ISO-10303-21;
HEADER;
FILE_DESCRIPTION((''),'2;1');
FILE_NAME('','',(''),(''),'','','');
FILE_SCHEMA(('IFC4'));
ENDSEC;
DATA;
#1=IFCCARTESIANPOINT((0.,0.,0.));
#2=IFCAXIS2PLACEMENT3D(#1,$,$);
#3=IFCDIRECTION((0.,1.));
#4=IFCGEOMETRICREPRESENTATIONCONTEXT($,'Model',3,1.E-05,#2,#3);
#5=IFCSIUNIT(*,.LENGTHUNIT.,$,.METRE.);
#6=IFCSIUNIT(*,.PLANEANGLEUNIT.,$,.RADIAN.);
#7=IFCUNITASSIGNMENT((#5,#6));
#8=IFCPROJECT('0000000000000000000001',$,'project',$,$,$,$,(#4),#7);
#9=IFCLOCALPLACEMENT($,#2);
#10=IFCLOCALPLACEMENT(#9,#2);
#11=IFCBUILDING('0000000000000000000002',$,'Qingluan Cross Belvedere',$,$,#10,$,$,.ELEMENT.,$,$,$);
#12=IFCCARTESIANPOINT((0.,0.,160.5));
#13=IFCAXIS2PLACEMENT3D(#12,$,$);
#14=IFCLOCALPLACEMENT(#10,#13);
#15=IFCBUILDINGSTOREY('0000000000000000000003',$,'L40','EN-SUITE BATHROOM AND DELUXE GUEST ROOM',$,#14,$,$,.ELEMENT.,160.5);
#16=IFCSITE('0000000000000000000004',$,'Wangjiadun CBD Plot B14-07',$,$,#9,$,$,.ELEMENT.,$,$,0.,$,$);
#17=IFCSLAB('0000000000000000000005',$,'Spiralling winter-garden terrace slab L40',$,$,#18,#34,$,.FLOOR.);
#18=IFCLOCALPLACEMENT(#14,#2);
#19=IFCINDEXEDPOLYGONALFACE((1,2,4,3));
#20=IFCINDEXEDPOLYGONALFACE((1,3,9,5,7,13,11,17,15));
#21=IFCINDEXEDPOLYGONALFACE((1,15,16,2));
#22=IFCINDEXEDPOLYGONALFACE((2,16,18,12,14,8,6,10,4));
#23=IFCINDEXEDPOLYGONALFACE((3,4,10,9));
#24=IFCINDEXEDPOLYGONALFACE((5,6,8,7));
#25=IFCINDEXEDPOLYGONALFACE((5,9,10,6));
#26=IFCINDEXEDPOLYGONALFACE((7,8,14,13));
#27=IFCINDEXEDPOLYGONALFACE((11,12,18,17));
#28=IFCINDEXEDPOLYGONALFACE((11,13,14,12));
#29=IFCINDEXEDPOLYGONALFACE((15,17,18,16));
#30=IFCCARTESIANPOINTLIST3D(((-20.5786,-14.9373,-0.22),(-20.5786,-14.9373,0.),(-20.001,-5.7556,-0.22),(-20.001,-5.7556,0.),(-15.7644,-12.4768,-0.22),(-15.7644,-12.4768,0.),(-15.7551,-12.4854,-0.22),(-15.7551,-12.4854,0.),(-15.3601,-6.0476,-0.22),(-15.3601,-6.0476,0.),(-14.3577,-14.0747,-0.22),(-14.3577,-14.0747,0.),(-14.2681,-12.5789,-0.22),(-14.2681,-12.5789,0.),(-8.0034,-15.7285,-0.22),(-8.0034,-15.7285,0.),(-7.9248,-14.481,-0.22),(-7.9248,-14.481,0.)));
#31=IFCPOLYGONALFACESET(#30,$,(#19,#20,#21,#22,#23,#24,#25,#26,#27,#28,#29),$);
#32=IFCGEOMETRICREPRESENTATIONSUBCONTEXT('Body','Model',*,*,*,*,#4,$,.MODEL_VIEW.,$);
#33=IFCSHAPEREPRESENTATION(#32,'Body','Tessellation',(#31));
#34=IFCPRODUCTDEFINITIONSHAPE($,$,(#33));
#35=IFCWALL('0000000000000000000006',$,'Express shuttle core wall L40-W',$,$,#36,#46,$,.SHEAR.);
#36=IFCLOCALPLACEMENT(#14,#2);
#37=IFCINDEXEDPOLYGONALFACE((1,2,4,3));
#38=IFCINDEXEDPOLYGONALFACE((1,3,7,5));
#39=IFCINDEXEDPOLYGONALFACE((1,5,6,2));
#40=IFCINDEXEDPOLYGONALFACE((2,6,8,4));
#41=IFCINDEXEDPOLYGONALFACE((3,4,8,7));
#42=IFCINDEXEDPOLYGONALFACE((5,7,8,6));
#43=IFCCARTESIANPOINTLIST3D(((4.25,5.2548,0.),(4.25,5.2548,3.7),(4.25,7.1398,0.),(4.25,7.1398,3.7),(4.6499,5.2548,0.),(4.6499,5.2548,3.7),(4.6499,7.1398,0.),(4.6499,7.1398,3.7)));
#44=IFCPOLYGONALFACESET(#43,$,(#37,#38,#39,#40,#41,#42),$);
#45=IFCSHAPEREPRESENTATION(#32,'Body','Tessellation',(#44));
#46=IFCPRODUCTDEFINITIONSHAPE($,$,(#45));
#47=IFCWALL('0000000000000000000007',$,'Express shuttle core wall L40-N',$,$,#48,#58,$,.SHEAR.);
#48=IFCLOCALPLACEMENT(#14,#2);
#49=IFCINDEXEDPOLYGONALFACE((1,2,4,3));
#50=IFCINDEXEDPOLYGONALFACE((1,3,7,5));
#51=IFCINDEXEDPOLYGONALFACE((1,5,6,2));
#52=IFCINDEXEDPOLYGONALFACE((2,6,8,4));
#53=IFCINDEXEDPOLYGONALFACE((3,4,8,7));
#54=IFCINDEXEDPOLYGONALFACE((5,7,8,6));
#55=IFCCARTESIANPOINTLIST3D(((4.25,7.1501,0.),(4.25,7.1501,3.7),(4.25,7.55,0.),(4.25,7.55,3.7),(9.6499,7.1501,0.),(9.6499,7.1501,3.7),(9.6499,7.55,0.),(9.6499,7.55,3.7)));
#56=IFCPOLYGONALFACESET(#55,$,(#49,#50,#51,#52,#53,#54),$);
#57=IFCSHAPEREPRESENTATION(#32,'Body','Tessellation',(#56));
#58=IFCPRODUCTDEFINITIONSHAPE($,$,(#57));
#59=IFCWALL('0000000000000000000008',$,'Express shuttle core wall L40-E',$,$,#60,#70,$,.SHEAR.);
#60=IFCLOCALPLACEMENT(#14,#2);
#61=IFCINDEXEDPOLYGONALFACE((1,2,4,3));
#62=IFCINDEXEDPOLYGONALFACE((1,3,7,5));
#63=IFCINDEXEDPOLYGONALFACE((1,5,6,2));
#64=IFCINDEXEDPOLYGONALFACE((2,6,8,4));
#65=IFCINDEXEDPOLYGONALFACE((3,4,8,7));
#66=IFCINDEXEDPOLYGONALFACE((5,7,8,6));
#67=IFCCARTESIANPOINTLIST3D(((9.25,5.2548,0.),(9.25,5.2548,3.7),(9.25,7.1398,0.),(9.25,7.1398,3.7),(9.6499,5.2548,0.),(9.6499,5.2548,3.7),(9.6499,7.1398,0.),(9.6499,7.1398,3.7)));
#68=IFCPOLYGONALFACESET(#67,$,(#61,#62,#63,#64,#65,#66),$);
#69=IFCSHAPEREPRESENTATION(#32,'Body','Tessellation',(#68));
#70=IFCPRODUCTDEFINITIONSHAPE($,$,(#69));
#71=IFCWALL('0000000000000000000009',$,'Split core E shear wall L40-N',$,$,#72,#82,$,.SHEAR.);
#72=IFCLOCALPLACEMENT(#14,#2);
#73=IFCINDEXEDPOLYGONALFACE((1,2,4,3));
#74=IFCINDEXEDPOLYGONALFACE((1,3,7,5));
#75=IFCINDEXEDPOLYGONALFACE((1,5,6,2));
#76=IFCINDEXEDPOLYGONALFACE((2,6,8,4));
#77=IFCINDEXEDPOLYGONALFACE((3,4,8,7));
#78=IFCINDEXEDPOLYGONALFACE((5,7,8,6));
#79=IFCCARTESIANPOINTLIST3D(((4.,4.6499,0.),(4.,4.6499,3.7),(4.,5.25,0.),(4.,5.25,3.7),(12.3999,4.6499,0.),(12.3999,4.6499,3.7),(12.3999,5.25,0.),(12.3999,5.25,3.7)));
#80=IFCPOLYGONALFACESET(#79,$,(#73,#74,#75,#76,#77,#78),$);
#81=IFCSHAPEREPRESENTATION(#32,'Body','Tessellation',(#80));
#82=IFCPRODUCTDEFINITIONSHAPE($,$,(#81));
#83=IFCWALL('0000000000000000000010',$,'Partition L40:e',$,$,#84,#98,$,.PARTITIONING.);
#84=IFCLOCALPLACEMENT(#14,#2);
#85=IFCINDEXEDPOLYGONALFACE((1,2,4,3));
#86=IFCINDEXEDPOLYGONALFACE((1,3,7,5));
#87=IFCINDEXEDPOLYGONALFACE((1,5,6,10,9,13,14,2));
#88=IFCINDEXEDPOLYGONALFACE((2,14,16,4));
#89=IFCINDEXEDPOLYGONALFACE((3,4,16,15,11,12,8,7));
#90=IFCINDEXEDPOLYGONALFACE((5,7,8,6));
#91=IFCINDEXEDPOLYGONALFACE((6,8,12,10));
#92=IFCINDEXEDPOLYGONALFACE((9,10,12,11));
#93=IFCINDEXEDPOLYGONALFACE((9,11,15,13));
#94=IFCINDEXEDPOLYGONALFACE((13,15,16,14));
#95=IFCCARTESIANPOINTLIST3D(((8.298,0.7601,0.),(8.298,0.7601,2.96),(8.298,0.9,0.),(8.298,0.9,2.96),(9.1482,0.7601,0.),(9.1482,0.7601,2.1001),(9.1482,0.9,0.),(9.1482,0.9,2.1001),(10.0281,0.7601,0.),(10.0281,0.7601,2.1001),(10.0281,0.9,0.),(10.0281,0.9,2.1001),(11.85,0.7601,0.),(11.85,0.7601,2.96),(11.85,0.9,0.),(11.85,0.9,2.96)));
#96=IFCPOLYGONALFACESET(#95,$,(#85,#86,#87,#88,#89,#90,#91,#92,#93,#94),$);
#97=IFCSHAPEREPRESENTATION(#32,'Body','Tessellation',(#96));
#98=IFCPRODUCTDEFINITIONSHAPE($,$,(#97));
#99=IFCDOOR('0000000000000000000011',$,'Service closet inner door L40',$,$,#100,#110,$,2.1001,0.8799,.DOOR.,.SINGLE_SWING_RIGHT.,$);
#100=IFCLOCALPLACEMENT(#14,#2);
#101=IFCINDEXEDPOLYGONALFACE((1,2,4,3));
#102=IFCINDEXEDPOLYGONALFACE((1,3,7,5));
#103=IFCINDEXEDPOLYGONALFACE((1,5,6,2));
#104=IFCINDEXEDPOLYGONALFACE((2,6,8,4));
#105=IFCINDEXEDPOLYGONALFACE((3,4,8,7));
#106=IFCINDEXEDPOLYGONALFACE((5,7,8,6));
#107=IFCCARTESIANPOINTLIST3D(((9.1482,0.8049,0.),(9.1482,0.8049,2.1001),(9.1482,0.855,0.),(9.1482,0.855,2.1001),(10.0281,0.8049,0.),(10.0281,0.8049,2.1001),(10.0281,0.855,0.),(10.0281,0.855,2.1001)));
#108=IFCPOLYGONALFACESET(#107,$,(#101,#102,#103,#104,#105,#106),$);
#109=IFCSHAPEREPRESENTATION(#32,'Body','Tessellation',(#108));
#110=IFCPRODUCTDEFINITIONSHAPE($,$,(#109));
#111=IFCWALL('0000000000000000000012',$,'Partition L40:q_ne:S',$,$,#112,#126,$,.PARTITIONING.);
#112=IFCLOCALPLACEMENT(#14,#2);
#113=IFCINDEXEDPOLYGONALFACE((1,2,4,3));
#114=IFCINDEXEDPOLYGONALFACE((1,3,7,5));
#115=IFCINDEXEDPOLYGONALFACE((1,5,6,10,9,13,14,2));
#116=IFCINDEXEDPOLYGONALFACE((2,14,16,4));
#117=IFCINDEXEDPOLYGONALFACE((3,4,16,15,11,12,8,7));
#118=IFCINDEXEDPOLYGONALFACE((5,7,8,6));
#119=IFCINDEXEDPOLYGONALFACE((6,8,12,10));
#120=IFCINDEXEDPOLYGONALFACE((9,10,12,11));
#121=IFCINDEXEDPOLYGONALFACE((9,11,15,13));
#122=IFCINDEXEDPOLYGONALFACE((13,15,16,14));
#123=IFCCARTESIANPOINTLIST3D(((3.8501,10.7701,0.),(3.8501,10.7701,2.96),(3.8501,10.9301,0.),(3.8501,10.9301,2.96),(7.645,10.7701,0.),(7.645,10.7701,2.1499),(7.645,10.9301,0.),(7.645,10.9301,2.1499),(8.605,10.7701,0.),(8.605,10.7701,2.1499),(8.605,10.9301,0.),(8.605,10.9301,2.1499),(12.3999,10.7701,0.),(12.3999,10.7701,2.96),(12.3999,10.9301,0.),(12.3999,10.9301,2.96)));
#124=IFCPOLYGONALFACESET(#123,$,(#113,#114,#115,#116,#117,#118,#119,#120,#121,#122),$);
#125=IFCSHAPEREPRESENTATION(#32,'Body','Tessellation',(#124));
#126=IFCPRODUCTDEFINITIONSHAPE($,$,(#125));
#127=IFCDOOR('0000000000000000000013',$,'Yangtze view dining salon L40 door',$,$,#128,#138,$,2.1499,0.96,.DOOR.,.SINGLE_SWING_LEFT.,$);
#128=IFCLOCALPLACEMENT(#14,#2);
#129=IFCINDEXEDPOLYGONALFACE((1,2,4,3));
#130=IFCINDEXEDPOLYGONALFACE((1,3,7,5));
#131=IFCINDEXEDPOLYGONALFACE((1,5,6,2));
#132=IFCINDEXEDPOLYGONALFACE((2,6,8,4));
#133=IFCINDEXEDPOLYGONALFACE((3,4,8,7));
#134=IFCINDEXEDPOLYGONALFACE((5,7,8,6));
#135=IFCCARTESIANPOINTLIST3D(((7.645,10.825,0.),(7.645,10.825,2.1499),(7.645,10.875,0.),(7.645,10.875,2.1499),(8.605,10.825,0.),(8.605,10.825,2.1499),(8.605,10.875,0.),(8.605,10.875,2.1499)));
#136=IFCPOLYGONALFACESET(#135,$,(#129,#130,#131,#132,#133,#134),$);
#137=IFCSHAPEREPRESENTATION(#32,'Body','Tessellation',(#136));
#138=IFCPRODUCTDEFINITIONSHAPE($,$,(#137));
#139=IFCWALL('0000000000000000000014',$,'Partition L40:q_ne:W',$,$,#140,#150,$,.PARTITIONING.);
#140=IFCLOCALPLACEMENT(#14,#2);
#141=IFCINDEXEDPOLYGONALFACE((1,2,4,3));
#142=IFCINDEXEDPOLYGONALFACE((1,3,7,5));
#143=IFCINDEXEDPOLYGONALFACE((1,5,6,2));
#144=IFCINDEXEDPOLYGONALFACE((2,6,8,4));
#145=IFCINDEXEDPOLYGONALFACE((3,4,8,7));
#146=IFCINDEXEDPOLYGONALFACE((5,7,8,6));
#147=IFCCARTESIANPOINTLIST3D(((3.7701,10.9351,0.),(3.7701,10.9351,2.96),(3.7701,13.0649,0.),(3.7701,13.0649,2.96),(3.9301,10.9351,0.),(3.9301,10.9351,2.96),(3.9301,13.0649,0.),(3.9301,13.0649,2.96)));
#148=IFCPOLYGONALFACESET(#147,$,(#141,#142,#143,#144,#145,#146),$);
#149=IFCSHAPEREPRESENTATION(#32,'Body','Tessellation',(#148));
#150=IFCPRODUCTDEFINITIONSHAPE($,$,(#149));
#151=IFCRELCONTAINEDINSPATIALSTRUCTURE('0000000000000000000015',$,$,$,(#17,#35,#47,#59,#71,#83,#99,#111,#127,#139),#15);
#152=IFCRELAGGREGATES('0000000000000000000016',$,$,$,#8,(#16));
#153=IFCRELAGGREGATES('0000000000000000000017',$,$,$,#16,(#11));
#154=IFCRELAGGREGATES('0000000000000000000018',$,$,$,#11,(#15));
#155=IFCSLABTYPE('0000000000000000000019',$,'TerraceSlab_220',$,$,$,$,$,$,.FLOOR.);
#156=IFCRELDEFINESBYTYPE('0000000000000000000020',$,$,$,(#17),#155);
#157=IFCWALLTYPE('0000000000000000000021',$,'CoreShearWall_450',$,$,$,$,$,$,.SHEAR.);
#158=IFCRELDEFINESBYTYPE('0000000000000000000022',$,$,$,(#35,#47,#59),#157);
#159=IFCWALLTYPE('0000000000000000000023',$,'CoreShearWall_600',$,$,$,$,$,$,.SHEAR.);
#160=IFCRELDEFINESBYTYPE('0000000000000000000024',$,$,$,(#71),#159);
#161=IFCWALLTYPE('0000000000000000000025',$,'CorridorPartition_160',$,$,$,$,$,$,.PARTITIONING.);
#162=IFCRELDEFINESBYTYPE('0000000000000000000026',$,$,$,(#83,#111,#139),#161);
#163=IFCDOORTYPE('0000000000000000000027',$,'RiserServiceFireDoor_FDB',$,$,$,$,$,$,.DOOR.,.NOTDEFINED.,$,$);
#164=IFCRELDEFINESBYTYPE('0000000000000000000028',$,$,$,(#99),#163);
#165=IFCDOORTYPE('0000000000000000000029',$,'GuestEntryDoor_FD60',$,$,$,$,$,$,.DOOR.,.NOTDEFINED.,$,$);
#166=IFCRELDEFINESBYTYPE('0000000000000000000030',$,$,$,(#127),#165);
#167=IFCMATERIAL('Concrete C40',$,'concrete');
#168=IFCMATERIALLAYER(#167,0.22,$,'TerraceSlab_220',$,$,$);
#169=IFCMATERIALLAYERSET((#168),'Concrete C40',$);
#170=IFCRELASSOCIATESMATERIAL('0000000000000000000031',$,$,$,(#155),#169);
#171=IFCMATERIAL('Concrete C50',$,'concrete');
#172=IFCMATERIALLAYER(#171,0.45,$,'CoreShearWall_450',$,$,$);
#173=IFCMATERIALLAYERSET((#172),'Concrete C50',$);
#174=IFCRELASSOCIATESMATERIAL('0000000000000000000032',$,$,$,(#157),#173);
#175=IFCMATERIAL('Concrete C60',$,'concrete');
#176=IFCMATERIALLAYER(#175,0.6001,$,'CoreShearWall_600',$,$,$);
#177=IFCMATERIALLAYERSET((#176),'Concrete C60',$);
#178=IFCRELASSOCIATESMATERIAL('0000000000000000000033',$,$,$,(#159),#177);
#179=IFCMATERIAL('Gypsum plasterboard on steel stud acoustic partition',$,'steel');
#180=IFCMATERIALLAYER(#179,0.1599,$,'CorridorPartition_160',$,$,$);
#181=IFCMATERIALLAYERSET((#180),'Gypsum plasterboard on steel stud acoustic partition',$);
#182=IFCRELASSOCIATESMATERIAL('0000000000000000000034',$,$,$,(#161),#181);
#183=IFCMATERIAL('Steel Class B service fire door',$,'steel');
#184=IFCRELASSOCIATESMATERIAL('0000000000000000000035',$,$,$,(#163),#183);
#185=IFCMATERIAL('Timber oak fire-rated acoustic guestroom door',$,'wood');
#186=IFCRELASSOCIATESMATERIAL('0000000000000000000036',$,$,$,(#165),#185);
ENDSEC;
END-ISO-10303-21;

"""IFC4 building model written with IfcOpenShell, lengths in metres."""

from ifc_helpers import new_model, si_unit, direction, frame, frame_2d, origin, place, context, subcontext, project, spatial, polyline, rectangle, outline, extrude, material, layer, layer_set, type_object, element, fill, save


model = new_model("IFC4")

# Units and contexts
model_context = context("Model", 3, precision=1e-05, world=origin(), true_north=direction((0.0, 1.0)))
body_context = subcontext(model_context, "Body", "Model", "MODEL_VIEW")
ifc_project = project(units=[si_unit("LENGTHUNIT", "METRE"), si_unit("PLANEANGLEUNIT", "RADIAN")], contexts=[model_context])

# Site, building, storey
site_placement = place(None, origin())
site = spatial("IfcSite", under=ifc_project, at=site_placement, Name="Wangjiadun CBD Plot B14-07", CompositionType="ELEMENT", RefElevation=0.0)
building_placement = place(site_placement, origin())
building = spatial("IfcBuilding", under=site, at=building_placement, Name="Qingluan Cross Belvedere", CompositionType="ELEMENT")
storey_placement = place(building_placement, frame((0.0, 0.0, 160.5)))
storey = spatial("IfcBuildingStorey", under=building, at=storey_placement, Name="L40", Description="EN-SUITE BATHROOM AND DELUXE GUEST ROOM", CompositionType="ELEMENT", Elevation=160.5)

# Slab
ifc_material_1 = material(Name="Concrete C40", Category="concrete")
ifc_layer_1 = layer(ifc_material_1, 0.22, Name="TerraceSlab_220")
ifc_layer_set_1 = layer_set([ifc_layer_1], Name="Concrete C40")
slab_type_1 = type_object("IfcSlabType", Name="TerraceSlab_220", PredefinedType="FLOOR", material=ifc_layer_set_1)
slab_1_placement = place(storey_placement, frame((0.0, 0.0, -0.22)))
element("IfcSlab", 1, at=slab_1_placement, inside=storey, type_object=slab_type_1, Name="Spiralling winter-garden terrace slab L40", PredefinedType="FLOOR", context=body_context, shape_type="SweptSolid", body=[
    extrude(outline(polyline([(-7.9248, -14.481), (-14.3577, -14.0747), (-14.2681, -12.5789), (-15.7551, -12.4854), (-15.7644, -12.4768), (-15.3601, -6.0476), (-20.001, -5.7556), (-20.5786, -14.9373), (-8.0034, -15.7285), (-7.9248, -14.481)])), origin(), (0.0, 0.0, 1.0), 0.22),
])

# Walls
ifc_material_2 = material(Name="Concrete C50", Category="concrete")
ifc_layer_2 = layer(ifc_material_2, 0.45, Name="CoreShearWall_450")
ifc_layer_set_2 = layer_set([ifc_layer_2], Name="Concrete C50")
wall_type_1 = type_object("IfcWallType", Name="CoreShearWall_450", PredefinedType="SHEAR", material=ifc_layer_set_2)
wall_1_placement = place(storey_placement, frame((4.45, 5.2549, 0.0), z_axis=(0.0, 0.0, 1.0), x_axis=(0.0, 1.0, 0.0)))
element("IfcWall", 2, at=wall_1_placement, inside=storey, type_object=wall_type_1, Name="Express shuttle core wall L40-W", PredefinedType="SHEAR", context=body_context, shape_type="SweptSolid", body=[
    extrude(rectangle(XDim=1.885, YDim=0.3999, at=frame_2d((0.9424, 0.0))), origin(), (0.0, 0.0, 1.0), 3.7),
])
wall_2_placement = place(storey_placement, frame((4.25, 7.3501, 0.0), z_axis=(0.0, 0.0, 1.0), x_axis=(1.0, 0.0, 0.0)))
element("IfcWall", 3, at=wall_2_placement, inside=storey, type_object=wall_type_1, Name="Express shuttle core wall L40-N", PredefinedType="SHEAR", context=body_context, shape_type="SweptSolid", body=[
    extrude(rectangle(XDim=5.3999, YDim=0.3999, at=frame_2d((2.7, 0.0))), origin(), (0.0, 0.0, 1.0), 3.7),
])
wall_3_placement = place(storey_placement, frame((9.45, 5.2549, 0.0), z_axis=(0.0, 0.0, 1.0), x_axis=(0.0, 1.0, 0.0)))
element("IfcWall", 4, at=wall_3_placement, inside=storey, type_object=wall_type_1, Name="Express shuttle core wall L40-E", PredefinedType="SHEAR", context=body_context, shape_type="SweptSolid", body=[
    extrude(rectangle(XDim=1.885, YDim=0.3999, at=frame_2d((0.9424, 0.0))), origin(), (0.0, 0.0, 1.0), 3.7),
])
ifc_material_3 = material(Name="Concrete C60", Category="concrete")
ifc_layer_3 = layer(ifc_material_3, 0.6001, Name="CoreShearWall_600")
ifc_layer_set_3 = layer_set([ifc_layer_3], Name="Concrete C60")
wall_type_2 = type_object("IfcWallType", Name="CoreShearWall_600", PredefinedType="SHEAR", material=ifc_layer_set_3)
wall_4_placement = place(storey_placement, frame((4.0, 4.95, 0.0), z_axis=(0.0, 0.0, 1.0), x_axis=(1.0, 0.0, 0.0)))
element("IfcWall", 5, at=wall_4_placement, inside=storey, type_object=wall_type_2, Name="Split core E shear wall L40-N", PredefinedType="SHEAR", context=body_context, shape_type="SweptSolid", body=[
    extrude(rectangle(XDim=8.3999, YDim=0.6001, at=frame_2d((4.2, 0.0))), origin(), (0.0, 0.0, 1.0), 3.7),
])

# Walls, openings, doors
ifc_material_4 = material(Name="Gypsum plasterboard on steel stud acoustic partition", Category="steel")
ifc_layer_4 = layer(ifc_material_4, 0.1599, Name="CorridorPartition_160")
ifc_layer_set_4 = layer_set([ifc_layer_4], Name="Gypsum plasterboard on steel stud acoustic partition")
wall_type_3 = type_object("IfcWallType", Name="CorridorPartition_160", PredefinedType="PARTITIONING", material=ifc_layer_set_4)
wall_5_placement = place(storey_placement, frame((8.2981, 0.8301, 0.0), z_axis=(0.0, 0.0, 1.0), x_axis=(1.0, 0.0, 0.0)))
wall_5 = element("IfcWall", 6, at=wall_5_placement, inside=storey, type_object=wall_type_3, Name="Partition L40:e", PredefinedType="PARTITIONING", context=body_context, shape_type="SweptSolid", body=[
    extrude(rectangle(XDim=3.552, YDim=0.1399, at=frame_2d((1.7759, 0.0))), origin(), (0.0, 0.0, 1.0), 2.96),
])
opening_1_placement = place(wall_5_placement, frame((0.8501, 0.0, 0.0)))
opening_1 = element("IfcOpeningElement", 7, at=opening_1_placement, cuts=wall_5, PredefinedType="OPENING", context=body_context, shape_type="SweptSolid", body=[
    extrude(rectangle(XDim=0.8799, YDim=2.1001, at=frame_2d((0.4399, 1.05))), frame((0.0, 0.0798, 0.0), z_axis=(0.0, -1.0, 0.0), x_axis=(1.0, 0.0, 0.0)), (0.0, 0.0, 1.0), 0.1599),
])
ifc_material_5 = material(Name="Steel Class B service fire door", Category="steel")
door_type_1 = type_object("IfcDoorType", Name="RiserServiceFireDoor_FDB", OperationType="NOTDEFINED", PredefinedType="DOOR", material=ifc_material_5)
door_1_placement = place(opening_1_placement, origin())
door_1 = element("IfcDoor", 8, at=door_1_placement, inside=storey, type_object=door_type_1, Name="Service closet inner door L40", OperationType="SINGLE_SWING_RIGHT", OverallHeight=2.1001, OverallWidth=0.8799, PredefinedType="DOOR", context=body_context, shape_type="SweptSolid", body=[
    extrude(rectangle(XDim=0.8799, YDim=2.1001, at=frame_2d((0.4399, 1.05))), frame((0.0, 0.0249, 0.0), z_axis=(0.0, -1.0, 0.0), x_axis=(1.0, 0.0, 0.0)), (0.0, 0.0, 1.0), 0.05),
])
fill(opening_1, door_1)
wall_6_placement = place(storey_placement, frame((3.8501, 10.8501, 0.0), z_axis=(0.0, 0.0, 1.0), x_axis=(1.0, 0.0, 0.0)))
wall_6 = element("IfcWall", 9, at=wall_6_placement, inside=storey, type_object=wall_type_3, Name="Partition L40:q_ne:S", PredefinedType="PARTITIONING", context=body_context, shape_type="SweptSolid", body=[
    extrude(rectangle(XDim=8.5498, YDim=0.1599, at=frame_2d((4.2749, 0.0))), origin(), (0.0, 0.0, 1.0), 2.96),
])
opening_2_placement = place(wall_6_placement, frame((3.7949, 0.0, 0.0)))
opening_2 = element("IfcOpeningElement", 10, at=opening_2_placement, cuts=wall_6, PredefinedType="OPENING", context=body_context, shape_type="SweptSolid", body=[
    extrude(rectangle(XDim=0.96, YDim=2.1499, at=frame_2d((0.48, 1.075))), frame((0.0, 0.0898, 0.0), z_axis=(0.0, -1.0, 0.0), x_axis=(1.0, 0.0, 0.0)), (0.0, 0.0, 1.0), 0.1799),
])
ifc_material_6 = material(Name="Timber oak fire-rated acoustic guestroom door", Category="wood")
door_type_2 = type_object("IfcDoorType", Name="GuestEntryDoor_FD60", OperationType="NOTDEFINED", PredefinedType="DOOR", material=ifc_material_6)
door_2_placement = place(opening_2_placement, origin())
door_2 = element("IfcDoor", 11, at=door_2_placement, inside=storey, type_object=door_type_2, Name="Yangtze view dining salon L40 door", OperationType="SINGLE_SWING_LEFT", OverallHeight=2.1499, OverallWidth=0.96, PredefinedType="DOOR", context=body_context, shape_type="SweptSolid", body=[
    extrude(rectangle(XDim=0.96, YDim=2.1499, at=frame_2d((0.48, 1.075))), frame((0.0, 0.0249, 0.0), z_axis=(0.0, -1.0, 0.0), x_axis=(1.0, 0.0, 0.0)), (0.0, 0.0, 1.0), 0.05),
])
fill(opening_2, door_2)

# Wall
wall_7_placement = place(storey_placement, frame((3.8501, 10.9351, 0.0), z_axis=(0.0, 0.0, 1.0), x_axis=(0.0, 1.0, 0.0)))
element("IfcWall", 12, at=wall_7_placement, inside=storey, type_object=wall_type_3, Name="Partition L40:q_ne:W", PredefinedType="PARTITIONING", context=body_context, shape_type="SweptSolid", body=[
    extrude(rectangle(XDim=2.1299, YDim=0.1599, at=frame_2d((1.0649, 0.0))), origin(), (0.0, 0.0, 1.0), 2.96),
])

save(model, "model.ifc")
